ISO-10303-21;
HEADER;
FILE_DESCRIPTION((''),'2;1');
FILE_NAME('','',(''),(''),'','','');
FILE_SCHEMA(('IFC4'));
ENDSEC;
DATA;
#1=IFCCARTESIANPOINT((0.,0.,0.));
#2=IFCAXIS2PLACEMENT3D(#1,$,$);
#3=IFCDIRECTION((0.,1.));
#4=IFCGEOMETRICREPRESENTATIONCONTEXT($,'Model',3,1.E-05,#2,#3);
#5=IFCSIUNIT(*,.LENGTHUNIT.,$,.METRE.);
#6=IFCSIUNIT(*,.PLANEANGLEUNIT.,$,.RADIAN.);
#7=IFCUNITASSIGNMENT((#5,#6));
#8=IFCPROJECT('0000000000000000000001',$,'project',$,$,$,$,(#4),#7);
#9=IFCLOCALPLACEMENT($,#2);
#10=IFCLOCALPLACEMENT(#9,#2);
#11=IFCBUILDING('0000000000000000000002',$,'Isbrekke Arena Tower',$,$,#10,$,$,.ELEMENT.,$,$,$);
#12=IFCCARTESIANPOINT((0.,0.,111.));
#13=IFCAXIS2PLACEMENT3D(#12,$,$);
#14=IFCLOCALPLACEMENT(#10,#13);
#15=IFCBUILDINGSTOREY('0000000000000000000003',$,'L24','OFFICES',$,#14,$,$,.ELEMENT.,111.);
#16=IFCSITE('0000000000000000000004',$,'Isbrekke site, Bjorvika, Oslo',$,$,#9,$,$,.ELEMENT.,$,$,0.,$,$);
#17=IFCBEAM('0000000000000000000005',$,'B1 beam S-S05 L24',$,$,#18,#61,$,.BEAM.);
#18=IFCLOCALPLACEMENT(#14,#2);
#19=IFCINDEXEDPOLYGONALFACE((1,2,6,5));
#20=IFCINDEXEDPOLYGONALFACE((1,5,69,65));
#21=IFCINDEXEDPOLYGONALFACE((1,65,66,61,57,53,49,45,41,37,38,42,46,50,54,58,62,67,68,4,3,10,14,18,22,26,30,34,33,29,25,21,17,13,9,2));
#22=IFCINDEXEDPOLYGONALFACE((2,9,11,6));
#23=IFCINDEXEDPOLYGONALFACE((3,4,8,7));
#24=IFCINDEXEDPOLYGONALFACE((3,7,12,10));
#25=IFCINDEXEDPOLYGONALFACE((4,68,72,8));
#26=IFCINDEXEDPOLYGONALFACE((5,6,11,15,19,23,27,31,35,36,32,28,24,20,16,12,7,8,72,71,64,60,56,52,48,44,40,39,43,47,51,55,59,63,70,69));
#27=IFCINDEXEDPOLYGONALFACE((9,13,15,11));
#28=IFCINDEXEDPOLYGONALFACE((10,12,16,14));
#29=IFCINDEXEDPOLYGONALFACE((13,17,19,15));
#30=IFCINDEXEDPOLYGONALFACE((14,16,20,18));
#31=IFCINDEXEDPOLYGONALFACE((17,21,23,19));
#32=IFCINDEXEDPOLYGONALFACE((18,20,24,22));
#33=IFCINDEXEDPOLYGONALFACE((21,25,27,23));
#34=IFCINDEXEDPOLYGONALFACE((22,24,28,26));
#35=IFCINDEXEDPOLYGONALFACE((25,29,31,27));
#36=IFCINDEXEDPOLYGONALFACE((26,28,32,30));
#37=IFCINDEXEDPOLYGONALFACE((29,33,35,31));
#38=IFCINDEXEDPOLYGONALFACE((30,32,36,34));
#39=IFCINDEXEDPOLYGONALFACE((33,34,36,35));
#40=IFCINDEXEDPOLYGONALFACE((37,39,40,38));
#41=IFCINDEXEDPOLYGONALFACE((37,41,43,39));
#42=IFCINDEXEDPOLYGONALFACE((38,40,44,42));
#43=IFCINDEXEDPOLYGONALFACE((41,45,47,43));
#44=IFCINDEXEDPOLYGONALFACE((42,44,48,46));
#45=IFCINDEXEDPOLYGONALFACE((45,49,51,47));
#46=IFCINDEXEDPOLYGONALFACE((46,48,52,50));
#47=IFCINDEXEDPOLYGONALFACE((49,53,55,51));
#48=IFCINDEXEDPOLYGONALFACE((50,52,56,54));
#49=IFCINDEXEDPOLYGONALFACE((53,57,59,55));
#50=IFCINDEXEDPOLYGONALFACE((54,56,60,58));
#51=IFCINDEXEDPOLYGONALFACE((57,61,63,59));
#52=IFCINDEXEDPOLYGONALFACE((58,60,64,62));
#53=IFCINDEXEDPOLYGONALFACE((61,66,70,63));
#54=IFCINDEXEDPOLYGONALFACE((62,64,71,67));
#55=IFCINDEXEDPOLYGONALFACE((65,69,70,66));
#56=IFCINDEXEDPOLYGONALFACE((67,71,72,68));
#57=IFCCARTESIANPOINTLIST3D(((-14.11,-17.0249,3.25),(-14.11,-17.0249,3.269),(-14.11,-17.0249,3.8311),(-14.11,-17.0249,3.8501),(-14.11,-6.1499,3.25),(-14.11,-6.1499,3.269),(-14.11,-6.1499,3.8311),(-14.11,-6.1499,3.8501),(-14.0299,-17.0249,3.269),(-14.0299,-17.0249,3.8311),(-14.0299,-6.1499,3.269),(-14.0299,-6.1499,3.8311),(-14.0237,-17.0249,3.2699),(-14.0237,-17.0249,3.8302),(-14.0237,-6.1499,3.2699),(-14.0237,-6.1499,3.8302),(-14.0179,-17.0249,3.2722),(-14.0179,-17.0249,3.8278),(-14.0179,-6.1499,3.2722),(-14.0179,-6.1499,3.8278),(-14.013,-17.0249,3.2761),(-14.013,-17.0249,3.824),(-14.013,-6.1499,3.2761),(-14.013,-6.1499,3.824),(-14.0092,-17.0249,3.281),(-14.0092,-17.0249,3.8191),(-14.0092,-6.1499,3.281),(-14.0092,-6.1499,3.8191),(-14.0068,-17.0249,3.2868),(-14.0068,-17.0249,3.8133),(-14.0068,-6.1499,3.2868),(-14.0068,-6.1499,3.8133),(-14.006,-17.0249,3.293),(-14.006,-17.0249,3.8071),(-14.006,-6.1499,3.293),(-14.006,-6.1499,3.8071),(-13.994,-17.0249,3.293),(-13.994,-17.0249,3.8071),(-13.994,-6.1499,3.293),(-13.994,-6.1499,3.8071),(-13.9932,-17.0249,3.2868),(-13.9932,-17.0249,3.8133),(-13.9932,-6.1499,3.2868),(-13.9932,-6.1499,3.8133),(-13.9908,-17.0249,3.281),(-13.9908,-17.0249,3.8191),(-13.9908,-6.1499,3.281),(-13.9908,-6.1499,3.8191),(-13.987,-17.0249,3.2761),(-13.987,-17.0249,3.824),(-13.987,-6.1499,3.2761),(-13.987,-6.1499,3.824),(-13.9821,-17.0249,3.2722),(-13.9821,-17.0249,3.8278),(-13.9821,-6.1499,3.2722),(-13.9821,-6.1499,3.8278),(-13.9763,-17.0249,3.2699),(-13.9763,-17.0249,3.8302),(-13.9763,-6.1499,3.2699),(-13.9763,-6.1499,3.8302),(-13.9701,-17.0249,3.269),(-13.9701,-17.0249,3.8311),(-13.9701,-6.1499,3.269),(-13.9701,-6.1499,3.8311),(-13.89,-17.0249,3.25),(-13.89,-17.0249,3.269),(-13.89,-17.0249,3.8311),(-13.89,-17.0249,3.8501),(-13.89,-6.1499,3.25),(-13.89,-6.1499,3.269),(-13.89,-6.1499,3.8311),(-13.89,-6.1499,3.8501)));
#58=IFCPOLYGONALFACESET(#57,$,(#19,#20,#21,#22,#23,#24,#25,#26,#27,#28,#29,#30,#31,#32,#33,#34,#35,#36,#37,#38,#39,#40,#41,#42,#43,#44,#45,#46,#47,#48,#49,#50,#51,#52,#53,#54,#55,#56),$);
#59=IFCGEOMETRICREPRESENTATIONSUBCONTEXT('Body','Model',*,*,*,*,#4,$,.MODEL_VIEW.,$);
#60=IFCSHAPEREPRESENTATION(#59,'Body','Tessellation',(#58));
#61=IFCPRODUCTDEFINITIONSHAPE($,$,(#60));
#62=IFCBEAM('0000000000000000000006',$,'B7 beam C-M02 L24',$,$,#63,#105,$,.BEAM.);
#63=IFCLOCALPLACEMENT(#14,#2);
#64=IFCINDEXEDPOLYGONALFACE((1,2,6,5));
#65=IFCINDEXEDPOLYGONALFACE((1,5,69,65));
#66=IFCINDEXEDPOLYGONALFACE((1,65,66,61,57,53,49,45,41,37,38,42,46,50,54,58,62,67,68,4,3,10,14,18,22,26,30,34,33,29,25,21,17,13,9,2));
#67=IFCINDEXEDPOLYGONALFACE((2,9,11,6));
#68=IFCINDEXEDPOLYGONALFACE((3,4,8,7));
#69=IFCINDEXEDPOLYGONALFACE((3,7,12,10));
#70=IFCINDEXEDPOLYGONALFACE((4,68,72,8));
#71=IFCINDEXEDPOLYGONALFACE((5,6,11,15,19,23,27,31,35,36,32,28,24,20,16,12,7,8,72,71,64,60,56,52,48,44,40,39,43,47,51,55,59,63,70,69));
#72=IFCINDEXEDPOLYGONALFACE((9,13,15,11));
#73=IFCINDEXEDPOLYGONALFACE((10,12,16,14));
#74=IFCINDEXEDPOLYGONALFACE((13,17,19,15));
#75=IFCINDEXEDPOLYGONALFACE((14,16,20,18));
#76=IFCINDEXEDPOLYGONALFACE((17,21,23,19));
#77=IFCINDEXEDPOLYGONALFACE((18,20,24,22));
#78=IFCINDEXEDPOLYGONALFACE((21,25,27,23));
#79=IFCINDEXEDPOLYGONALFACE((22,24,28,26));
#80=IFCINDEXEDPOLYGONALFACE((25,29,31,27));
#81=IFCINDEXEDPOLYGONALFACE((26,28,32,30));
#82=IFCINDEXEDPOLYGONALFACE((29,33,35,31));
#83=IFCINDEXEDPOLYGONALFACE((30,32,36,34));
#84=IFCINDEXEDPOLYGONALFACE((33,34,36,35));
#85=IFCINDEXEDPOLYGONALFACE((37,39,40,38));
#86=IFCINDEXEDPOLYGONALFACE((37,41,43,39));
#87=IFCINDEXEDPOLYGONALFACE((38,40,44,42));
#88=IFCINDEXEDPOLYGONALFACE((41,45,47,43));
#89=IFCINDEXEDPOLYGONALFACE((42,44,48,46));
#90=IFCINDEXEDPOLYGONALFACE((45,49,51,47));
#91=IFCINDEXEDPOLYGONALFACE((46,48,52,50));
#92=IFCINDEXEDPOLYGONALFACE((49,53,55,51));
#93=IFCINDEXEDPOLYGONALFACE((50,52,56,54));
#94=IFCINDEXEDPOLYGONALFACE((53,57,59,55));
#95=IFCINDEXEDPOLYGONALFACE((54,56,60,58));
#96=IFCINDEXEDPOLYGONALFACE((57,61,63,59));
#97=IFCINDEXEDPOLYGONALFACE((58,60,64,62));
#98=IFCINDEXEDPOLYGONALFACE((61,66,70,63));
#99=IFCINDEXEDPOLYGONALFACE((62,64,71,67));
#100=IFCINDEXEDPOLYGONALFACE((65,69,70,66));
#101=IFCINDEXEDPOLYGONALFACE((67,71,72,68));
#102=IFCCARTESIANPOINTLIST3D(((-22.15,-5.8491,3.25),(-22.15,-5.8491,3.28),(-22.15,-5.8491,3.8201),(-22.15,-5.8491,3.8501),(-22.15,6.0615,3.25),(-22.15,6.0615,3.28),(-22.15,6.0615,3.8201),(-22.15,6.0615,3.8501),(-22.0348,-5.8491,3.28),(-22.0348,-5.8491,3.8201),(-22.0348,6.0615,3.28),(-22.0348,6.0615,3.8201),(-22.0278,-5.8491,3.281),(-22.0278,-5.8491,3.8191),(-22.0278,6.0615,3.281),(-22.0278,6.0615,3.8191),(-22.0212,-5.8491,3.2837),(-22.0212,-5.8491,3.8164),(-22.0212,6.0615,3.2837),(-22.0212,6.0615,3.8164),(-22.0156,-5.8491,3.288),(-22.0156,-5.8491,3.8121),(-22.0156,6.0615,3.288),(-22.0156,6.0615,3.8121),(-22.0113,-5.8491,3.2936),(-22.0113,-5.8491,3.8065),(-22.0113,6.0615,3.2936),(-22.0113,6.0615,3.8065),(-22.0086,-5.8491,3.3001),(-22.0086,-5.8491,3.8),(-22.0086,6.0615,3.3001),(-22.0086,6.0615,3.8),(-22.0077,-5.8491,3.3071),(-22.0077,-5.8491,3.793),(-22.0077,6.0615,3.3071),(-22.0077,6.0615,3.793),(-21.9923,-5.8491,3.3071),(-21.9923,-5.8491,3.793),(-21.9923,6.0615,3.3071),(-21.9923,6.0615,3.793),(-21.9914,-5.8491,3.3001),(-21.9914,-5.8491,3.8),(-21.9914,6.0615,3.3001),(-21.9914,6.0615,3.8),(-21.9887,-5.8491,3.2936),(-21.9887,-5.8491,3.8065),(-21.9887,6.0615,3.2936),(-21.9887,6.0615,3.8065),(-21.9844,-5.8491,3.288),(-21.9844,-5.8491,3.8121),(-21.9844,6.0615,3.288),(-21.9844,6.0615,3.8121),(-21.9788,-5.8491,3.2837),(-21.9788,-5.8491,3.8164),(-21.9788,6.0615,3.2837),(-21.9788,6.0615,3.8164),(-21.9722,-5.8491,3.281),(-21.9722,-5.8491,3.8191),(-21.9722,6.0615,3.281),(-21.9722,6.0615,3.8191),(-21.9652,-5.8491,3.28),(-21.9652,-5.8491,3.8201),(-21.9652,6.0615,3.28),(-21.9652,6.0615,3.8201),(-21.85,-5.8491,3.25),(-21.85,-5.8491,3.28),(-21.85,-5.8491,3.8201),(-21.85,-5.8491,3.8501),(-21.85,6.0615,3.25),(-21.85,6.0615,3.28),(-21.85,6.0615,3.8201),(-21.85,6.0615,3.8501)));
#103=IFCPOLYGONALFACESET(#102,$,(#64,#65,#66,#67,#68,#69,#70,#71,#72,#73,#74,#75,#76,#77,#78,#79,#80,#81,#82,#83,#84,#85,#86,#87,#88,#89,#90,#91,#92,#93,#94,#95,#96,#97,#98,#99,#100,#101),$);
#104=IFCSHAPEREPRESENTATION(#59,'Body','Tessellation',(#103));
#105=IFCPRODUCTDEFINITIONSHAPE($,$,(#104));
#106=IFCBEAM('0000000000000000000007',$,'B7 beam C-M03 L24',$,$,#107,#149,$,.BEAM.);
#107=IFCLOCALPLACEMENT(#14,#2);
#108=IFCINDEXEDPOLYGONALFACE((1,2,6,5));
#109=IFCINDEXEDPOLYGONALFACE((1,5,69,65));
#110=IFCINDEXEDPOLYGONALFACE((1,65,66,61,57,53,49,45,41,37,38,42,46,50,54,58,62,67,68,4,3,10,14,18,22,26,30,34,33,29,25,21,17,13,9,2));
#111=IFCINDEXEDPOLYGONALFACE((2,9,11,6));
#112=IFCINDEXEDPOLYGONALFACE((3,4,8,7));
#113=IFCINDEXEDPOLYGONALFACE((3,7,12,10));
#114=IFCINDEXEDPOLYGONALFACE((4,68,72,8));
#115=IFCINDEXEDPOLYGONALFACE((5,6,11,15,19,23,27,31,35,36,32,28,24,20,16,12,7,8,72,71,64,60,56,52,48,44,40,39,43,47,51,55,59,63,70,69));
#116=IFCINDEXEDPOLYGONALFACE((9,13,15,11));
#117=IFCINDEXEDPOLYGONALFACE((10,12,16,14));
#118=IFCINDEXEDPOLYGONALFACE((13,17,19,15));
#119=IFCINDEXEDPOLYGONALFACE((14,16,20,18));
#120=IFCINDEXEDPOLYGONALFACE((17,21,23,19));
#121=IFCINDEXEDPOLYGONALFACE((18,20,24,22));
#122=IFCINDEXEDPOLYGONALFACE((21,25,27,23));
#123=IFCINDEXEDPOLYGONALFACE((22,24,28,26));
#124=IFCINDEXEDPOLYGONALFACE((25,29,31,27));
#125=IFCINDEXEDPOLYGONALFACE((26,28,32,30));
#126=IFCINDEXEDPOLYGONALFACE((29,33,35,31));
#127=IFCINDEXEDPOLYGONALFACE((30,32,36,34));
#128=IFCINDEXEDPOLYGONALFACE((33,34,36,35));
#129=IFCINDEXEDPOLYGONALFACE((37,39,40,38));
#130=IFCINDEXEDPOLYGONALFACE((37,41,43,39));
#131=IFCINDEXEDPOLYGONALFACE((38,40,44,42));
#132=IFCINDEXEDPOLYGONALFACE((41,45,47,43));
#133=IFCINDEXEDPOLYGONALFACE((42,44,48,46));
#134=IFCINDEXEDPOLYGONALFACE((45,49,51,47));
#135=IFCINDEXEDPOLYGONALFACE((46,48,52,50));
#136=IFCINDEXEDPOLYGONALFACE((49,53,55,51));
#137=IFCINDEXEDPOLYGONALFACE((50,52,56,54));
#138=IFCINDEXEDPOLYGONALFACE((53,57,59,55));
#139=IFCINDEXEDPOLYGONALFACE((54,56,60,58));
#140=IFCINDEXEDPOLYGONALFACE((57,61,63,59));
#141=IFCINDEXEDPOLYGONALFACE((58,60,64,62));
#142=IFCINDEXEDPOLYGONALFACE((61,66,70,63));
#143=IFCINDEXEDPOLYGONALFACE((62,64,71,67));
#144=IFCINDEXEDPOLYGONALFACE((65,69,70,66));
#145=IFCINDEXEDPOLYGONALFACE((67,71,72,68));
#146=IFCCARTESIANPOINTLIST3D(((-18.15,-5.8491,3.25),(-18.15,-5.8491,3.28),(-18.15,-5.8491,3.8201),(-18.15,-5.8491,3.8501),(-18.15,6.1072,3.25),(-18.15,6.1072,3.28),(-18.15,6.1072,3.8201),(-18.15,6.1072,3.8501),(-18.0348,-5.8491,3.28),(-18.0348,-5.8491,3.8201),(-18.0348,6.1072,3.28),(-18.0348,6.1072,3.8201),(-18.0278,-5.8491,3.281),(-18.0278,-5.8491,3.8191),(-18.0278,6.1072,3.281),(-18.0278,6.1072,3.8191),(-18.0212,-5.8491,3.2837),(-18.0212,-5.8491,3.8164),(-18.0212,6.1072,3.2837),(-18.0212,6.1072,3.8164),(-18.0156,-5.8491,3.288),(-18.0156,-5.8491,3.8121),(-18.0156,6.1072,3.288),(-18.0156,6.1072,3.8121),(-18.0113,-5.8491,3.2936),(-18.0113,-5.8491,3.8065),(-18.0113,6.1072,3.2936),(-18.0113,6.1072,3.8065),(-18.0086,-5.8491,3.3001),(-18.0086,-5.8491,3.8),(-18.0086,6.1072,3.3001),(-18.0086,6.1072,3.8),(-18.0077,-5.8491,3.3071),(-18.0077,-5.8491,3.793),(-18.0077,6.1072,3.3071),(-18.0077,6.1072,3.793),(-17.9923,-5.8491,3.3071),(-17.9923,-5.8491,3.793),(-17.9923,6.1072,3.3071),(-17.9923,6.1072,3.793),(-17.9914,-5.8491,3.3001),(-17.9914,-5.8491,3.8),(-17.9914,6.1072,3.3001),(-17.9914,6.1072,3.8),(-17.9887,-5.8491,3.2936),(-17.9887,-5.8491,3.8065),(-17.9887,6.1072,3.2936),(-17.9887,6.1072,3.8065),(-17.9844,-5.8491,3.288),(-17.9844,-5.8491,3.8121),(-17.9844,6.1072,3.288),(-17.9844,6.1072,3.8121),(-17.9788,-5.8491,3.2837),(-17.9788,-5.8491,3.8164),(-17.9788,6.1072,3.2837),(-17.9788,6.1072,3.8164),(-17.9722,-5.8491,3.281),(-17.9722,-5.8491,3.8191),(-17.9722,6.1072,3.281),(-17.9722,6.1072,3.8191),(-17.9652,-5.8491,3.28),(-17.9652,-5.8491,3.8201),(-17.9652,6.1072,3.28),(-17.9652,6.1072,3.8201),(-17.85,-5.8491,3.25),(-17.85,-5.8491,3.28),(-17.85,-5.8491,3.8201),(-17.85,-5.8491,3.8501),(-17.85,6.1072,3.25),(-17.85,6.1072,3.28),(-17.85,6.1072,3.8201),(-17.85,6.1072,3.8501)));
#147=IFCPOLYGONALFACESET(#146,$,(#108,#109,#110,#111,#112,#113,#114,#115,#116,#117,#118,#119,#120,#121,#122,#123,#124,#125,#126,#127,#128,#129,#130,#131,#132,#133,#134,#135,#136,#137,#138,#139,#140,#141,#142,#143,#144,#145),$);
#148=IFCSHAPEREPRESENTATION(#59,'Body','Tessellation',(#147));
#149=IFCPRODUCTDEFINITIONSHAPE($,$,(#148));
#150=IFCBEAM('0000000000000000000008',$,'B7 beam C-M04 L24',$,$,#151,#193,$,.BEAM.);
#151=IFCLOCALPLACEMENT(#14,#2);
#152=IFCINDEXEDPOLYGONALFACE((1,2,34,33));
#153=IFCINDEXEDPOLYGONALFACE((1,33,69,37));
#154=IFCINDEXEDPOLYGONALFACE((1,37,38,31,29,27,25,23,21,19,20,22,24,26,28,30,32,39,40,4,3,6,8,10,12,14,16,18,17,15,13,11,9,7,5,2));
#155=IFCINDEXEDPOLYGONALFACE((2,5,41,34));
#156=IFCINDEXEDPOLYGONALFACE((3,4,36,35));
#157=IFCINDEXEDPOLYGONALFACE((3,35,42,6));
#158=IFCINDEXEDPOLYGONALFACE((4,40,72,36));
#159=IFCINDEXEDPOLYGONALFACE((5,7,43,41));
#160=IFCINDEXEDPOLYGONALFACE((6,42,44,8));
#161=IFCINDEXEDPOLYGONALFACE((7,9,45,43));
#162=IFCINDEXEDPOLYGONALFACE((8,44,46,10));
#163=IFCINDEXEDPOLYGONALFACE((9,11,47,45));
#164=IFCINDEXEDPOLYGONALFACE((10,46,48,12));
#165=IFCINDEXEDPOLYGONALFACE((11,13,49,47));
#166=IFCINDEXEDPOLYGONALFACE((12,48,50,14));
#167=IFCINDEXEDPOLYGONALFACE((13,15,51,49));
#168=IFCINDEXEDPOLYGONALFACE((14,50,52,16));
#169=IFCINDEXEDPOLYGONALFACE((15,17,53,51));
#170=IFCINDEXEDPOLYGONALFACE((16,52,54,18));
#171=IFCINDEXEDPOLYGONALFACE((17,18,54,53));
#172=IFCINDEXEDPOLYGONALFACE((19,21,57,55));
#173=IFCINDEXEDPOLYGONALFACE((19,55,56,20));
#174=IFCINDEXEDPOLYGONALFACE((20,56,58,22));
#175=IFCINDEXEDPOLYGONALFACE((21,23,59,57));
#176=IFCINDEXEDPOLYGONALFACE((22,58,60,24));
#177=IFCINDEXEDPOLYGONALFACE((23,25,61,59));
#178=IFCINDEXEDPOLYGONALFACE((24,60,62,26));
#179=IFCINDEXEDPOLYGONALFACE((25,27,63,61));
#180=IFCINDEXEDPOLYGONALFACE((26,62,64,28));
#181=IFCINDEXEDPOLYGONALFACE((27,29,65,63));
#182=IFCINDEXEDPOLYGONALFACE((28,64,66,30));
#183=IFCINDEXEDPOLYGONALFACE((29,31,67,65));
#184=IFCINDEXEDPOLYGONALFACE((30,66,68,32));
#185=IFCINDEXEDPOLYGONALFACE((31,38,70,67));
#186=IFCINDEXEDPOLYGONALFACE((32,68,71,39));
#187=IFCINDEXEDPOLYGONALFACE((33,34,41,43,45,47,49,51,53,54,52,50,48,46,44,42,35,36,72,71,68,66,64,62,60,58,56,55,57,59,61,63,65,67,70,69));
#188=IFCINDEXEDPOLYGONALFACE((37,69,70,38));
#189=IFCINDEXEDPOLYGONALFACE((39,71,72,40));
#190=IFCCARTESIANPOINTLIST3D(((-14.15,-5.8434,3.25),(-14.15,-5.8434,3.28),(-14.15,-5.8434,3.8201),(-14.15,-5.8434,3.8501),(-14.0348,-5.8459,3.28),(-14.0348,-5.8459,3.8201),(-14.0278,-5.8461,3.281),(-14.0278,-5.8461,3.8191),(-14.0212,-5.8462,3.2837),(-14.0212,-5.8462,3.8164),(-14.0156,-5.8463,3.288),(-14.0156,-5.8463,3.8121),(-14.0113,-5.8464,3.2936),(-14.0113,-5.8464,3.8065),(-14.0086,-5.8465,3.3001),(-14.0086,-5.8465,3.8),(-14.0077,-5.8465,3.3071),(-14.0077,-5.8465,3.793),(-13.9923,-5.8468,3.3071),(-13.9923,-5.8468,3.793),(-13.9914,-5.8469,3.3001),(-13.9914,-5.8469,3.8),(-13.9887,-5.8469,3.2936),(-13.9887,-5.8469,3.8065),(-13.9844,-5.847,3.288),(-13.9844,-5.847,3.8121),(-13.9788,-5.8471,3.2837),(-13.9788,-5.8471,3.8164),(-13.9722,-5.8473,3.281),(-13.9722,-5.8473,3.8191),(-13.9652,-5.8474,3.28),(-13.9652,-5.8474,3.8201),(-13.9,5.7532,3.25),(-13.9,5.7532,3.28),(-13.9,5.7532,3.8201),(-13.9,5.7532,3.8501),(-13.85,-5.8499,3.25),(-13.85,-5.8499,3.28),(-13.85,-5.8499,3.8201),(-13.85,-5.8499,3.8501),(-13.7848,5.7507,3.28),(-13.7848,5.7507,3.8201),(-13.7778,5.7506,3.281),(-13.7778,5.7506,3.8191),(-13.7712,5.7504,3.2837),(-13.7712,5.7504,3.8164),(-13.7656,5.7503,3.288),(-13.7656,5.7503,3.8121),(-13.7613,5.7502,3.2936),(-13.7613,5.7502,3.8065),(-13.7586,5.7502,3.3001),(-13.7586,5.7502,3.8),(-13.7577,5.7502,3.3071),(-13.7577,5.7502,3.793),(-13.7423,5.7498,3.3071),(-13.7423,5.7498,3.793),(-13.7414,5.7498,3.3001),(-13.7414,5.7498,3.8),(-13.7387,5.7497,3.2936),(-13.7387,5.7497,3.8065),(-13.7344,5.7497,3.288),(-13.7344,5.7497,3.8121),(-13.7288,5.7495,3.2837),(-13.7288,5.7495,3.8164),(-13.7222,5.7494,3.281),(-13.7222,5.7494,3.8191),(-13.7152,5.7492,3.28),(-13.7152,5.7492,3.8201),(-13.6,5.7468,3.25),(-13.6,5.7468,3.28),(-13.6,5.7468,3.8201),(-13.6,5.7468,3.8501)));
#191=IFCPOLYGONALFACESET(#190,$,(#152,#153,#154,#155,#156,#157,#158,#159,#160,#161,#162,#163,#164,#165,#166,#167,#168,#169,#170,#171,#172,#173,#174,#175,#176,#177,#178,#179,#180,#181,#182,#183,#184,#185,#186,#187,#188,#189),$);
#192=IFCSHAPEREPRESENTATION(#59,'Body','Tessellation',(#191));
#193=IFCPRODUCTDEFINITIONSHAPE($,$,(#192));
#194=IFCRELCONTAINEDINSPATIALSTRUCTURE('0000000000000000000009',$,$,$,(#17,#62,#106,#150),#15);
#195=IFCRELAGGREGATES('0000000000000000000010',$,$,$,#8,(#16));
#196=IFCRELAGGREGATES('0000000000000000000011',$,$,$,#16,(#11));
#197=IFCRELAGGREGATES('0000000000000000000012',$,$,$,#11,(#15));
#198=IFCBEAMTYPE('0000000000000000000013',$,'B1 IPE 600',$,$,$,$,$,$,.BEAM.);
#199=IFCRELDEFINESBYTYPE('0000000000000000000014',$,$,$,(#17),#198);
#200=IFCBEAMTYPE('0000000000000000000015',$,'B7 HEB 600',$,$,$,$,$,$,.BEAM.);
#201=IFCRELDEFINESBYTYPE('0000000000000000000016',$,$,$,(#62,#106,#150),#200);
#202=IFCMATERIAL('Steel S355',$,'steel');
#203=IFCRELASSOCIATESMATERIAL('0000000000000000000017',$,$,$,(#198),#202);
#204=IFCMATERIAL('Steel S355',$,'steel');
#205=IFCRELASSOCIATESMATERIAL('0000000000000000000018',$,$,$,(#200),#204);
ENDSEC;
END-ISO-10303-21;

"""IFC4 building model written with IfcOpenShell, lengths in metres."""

from ifc_helpers import new_model, si_unit, direction, frame, origin, origin_2d, place, context, subcontext, project, spatial, i_section, extrude, material, material_profile, profile_set, type_object, element, save


model = new_model("IFC4")

# Units and contexts
model_context = context("Model", 3, precision=1e-05, world=origin(), true_north=direction((0.0, 1.0)))
body_context = subcontext(model_context, "Body", "Model", "MODEL_VIEW")
ifc_project = project(units=[si_unit("LENGTHUNIT", "METRE"), si_unit("PLANEANGLEUNIT", "RADIAN")], contexts=[model_context])

# Site, building, storey
site_placement = place(None, origin())
site = spatial("IfcSite", under=ifc_project, at=site_placement, Name="Isbrekke site, Bjorvika, Oslo", CompositionType="ELEMENT", RefElevation=0.0)
building_placement = place(site_placement, origin())
building = spatial("IfcBuilding", under=site, at=building_placement, Name="Isbrekke Arena Tower", CompositionType="ELEMENT")
storey_placement = place(building_placement, frame((0.0, 0.0, 111.0)))
storey = spatial("IfcBuildingStorey", under=building, at=storey_placement, Name="L24", Description="OFFICES", CompositionType="ELEMENT", Elevation=111.0)

# Beams
ifc_material_1 = material(Name="Steel S355", Category="steel")
ifc_material_profile_1 = material_profile(ifc_material_1, i_section(OverallWidth=0.22, OverallDepth=0.6001, WebThickness=0.012, FlangeThickness=0.019, FilletRadius=0.0239, at=origin_2d()), Name="IPE 600")
ifc_profile_set_1 = profile_set([ifc_material_profile_1], Name="Steel S355")
beam_type_1 = type_object("IfcBeamType", Name="B1 IPE 600", PredefinedType="BEAM", material=ifc_profile_set_1)
beam_1_placement = place(storey_placement, frame((-14.0, -17.0249, 3.55), z_axis=(0.0, 1.0, 0.0), x_axis=(-1.0, 0.0, 0.0)))
element("IfcBeam", 1, at=beam_1_placement, inside=storey, type_object=beam_type_1, Name="B1 beam S-S05 L24", PredefinedType="BEAM", context=body_context, shape_type="SweptSolid", body=[
    extrude(i_section(OverallWidth=0.22, OverallDepth=0.6001, WebThickness=0.012, FlangeThickness=0.019, FilletRadius=0.0239, at=origin_2d()), origin(), (0.0, 0.0, 1.0), 10.875),
])
ifc_material_2 = material(Name="Steel S355", Category="steel")
ifc_material_profile_2 = material_profile(ifc_material_2, i_section(OverallWidth=0.3, OverallDepth=0.6001, WebThickness=0.0154, FlangeThickness=0.03, FilletRadius=0.0271, at=origin_2d()), Name="HEB 600")
ifc_profile_set_2 = profile_set([ifc_material_profile_2], Name="Steel S355")
beam_type_2 = type_object("IfcBeamType", Name="B7 HEB 600", PredefinedType="BEAM", material=ifc_profile_set_2)
beam_2_placement = place(storey_placement, frame((-22.0, -5.8491, 3.55), z_axis=(0.0, 1.0, 0.0), x_axis=(-1.0, 0.0, 0.0)))
element("IfcBeam", 2, at=beam_2_placement, inside=storey, type_object=beam_type_2, Name="B7 beam C-M02 L24", PredefinedType="BEAM", context=body_context, shape_type="SweptSolid", body=[
    extrude(i_section(OverallWidth=0.3, OverallDepth=0.6001, WebThickness=0.0154, FlangeThickness=0.03, FilletRadius=0.0271, at=origin_2d()), origin(), (0.0, 0.0, 1.0), 11.9106),
])
beam_3_placement = place(storey_placement, frame((-18.0, -5.8491, 3.55), z_axis=(0.0, 1.0, 0.0), x_axis=(-1.0, 0.0, 0.0)))
element("IfcBeam", 3, at=beam_3_placement, inside=storey, type_object=beam_type_2, Name="B7 beam C-M03 L24", PredefinedType="BEAM", context=body_context, shape_type="SweptSolid", body=[
    extrude(i_section(OverallWidth=0.3, OverallDepth=0.6001, WebThickness=0.0154, FlangeThickness=0.03, FilletRadius=0.0271, at=origin_2d()), origin(), (0.0, 0.0, 1.0), 11.9563),
])
beam_4_placement = place(storey_placement, frame((-14.0, -5.8467, 3.55), z_axis=(0.021553, 0.999768, 0.0), x_axis=(-0.999768, 0.021553, 0.0)))
element("IfcBeam", 4, at=beam_4_placement, inside=storey, type_object=beam_type_2, Name="B7 beam C-M04 L24", PredefinedType="BEAM", context=body_context, shape_type="SweptSolid", body=[
    extrude(i_section(OverallWidth=0.3, OverallDepth=0.6001, WebThickness=0.0154, FlangeThickness=0.03, FilletRadius=0.0271, at=origin_2d()), origin(), (0.0, 0.0, 1.0), 11.5994),
])

save(model, "model.ifc")
